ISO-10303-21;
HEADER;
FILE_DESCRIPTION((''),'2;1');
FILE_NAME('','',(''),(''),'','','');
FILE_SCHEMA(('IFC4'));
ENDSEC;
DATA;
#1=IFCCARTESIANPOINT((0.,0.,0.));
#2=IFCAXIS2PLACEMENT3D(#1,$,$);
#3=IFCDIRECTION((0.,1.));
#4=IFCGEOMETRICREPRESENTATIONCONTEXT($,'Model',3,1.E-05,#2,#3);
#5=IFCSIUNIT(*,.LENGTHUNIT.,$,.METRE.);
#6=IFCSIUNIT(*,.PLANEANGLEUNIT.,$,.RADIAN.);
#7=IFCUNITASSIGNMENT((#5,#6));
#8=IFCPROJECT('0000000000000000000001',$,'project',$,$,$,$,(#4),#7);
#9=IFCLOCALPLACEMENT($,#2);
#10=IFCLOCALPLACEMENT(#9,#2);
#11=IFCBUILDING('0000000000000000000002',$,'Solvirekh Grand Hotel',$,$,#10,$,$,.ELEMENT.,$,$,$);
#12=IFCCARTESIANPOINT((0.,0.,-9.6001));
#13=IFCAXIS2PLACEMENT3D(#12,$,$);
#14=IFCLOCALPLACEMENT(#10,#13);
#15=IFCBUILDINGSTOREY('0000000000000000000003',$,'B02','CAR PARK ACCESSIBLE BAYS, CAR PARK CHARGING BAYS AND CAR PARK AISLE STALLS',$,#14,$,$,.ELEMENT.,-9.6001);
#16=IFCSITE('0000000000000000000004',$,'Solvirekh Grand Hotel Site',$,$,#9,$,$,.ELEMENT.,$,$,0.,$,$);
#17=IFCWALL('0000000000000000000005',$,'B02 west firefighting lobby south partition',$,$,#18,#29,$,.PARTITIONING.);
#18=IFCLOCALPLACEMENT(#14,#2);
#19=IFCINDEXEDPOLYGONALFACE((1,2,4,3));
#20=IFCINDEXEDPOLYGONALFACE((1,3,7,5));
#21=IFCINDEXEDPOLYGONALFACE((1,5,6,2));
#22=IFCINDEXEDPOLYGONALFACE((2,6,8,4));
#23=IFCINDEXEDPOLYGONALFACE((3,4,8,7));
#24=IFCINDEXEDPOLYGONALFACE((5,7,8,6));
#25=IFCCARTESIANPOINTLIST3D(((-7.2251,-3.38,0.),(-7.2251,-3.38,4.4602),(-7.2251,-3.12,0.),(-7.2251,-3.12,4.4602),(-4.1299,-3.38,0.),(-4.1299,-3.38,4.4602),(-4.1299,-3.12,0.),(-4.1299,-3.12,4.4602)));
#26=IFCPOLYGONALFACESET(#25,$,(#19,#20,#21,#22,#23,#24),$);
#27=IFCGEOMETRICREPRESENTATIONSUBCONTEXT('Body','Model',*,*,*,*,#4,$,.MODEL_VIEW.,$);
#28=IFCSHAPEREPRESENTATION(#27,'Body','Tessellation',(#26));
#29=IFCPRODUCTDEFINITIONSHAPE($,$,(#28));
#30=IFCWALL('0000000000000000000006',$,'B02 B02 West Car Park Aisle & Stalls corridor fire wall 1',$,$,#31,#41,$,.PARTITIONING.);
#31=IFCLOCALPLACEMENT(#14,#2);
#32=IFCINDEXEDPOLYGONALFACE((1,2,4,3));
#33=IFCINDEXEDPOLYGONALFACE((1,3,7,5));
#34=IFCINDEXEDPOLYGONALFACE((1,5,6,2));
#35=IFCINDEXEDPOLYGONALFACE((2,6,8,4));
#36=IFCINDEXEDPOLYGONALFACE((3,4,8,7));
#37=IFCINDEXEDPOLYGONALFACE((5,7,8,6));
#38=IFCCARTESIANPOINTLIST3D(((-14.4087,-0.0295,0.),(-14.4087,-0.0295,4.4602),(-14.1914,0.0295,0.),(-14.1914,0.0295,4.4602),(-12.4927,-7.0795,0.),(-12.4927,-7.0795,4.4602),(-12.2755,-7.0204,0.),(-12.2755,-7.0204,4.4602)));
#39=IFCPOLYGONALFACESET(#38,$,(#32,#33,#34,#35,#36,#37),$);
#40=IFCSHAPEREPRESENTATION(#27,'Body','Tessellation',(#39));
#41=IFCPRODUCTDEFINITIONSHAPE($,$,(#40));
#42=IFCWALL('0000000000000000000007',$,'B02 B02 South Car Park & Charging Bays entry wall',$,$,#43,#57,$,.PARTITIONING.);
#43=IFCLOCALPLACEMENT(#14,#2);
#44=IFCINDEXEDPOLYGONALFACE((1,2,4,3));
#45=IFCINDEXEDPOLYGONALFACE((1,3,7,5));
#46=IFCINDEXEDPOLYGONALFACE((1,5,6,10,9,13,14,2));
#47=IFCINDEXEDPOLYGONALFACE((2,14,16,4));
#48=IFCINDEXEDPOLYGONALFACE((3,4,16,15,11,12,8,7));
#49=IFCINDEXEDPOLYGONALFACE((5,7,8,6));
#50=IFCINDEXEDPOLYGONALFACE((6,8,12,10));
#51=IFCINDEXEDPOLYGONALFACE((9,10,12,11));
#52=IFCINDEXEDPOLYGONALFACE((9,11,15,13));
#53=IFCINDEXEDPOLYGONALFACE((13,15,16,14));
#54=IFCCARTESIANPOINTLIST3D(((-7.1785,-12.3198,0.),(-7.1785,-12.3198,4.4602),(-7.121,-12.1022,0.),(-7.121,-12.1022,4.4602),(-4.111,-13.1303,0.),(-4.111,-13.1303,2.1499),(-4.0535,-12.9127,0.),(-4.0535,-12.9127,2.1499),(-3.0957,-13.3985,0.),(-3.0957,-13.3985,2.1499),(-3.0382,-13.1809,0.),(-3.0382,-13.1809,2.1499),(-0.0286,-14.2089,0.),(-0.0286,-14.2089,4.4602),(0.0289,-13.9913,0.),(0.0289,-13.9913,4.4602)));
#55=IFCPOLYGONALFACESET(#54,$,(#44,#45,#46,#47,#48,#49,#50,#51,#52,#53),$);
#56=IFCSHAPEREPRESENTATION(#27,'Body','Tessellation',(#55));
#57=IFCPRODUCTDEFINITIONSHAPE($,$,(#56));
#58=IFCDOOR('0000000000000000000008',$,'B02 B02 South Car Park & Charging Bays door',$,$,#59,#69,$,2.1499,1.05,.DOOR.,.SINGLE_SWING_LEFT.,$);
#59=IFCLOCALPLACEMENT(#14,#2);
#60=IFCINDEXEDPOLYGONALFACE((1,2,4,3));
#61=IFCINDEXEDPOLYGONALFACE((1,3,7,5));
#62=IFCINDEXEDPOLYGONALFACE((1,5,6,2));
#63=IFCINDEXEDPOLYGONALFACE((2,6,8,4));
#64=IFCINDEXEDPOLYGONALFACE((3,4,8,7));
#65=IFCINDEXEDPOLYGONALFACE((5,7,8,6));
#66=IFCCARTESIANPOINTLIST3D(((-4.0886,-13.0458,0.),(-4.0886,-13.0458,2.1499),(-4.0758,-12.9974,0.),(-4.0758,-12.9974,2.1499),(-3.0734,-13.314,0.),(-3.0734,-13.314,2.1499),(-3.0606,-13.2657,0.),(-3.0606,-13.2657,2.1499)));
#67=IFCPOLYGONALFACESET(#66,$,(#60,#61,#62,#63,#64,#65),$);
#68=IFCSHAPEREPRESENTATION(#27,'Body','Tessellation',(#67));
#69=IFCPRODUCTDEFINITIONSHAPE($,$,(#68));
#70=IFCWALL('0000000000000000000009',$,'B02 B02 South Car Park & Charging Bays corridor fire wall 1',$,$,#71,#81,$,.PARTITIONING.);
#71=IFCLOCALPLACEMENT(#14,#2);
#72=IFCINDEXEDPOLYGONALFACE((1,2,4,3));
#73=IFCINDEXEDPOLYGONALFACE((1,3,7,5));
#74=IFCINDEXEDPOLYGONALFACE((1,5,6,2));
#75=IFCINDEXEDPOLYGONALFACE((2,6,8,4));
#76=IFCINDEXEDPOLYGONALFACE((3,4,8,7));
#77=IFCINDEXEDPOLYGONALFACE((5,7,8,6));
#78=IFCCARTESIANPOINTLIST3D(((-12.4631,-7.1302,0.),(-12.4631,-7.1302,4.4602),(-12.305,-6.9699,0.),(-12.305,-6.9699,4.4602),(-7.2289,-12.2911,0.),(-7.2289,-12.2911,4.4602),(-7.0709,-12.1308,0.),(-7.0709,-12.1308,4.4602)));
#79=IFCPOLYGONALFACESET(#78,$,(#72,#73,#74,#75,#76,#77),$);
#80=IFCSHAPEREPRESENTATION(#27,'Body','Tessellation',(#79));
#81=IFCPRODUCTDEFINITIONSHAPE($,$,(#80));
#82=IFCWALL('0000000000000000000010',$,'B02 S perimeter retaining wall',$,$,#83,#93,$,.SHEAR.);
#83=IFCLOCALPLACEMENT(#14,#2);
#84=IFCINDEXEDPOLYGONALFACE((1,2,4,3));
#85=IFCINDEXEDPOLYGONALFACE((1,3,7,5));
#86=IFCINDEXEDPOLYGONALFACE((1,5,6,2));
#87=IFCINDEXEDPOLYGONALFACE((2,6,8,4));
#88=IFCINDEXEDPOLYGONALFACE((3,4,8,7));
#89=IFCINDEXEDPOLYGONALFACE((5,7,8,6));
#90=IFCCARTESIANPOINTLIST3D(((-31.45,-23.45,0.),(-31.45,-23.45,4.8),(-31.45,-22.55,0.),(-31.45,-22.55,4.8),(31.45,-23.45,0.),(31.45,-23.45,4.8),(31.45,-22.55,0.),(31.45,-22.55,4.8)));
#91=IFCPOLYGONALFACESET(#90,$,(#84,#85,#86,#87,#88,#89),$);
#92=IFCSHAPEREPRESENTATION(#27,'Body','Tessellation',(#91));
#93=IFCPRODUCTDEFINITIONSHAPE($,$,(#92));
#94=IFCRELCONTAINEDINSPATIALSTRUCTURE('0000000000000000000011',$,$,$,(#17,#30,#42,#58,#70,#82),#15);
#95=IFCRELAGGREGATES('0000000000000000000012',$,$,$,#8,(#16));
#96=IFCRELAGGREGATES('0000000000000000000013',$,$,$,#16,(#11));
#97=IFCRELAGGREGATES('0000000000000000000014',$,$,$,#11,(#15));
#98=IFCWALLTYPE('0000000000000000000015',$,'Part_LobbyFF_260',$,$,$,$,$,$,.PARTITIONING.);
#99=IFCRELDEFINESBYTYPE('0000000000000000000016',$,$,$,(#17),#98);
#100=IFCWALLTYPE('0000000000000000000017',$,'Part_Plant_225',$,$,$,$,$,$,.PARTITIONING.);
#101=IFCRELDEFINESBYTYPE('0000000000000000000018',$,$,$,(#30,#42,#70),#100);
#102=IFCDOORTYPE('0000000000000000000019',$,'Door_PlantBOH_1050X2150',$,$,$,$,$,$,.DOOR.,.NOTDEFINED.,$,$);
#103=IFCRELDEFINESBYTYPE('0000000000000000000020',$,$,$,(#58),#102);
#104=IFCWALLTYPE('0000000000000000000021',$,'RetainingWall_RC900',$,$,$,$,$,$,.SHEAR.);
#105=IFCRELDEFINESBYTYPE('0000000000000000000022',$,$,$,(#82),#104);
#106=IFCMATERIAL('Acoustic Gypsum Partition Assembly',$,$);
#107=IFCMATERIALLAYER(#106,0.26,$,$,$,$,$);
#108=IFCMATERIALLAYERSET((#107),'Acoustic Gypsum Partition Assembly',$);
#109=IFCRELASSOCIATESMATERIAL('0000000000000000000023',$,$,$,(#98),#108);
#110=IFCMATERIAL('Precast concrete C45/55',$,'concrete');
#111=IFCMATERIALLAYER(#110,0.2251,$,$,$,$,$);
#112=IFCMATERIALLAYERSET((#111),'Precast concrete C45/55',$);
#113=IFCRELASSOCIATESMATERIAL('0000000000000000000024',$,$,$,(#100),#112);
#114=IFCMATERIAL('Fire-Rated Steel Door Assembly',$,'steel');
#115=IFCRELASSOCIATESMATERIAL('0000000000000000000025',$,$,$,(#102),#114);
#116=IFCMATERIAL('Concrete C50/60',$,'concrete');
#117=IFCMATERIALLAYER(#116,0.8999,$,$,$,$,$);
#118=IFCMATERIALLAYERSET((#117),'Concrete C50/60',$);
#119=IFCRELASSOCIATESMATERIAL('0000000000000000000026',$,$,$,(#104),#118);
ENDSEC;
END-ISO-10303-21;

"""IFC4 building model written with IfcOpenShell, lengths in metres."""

from ifc_helpers import new_model, si_unit, direction, frame, frame_2d, origin, place, context, subcontext, project, spatial, rectangle, extrude, material, layer, layer_set, type_object, element, fill, save


model = new_model("IFC4")

# Units and contexts
model_context = context("Model", 3, precision=1e-05, world=origin(), true_north=direction((0.0, 1.0)))
body_context = subcontext(model_context, "Body", "Model", "MODEL_VIEW")
ifc_project = project(units=[si_unit("LENGTHUNIT", "METRE"), si_unit("PLANEANGLEUNIT", "RADIAN")], contexts=[model_context])

# Site, building, storey
site_placement = place(None, origin())
site = spatial("IfcSite", under=ifc_project, at=site_placement, Name="Solvirekh Grand Hotel Site", CompositionType="ELEMENT", RefElevation=0.0)
building_placement = place(site_placement, origin())
building = spatial("IfcBuilding", under=site, at=building_placement, Name="Solvirekh Grand Hotel", CompositionType="ELEMENT")
storey_placement = place(building_placement, frame((0.0, 0.0, -9.6001)))
storey = spatial("IfcBuildingStorey", under=building, at=storey_placement, Name="B02", Description="CAR PARK ACCESSIBLE BAYS, CAR PARK CHARGING BAYS AND CAR PARK AISLE STALLS", CompositionType="ELEMENT", Elevation=-9.6001)

# Shared definitions
ifc_material_1 = material(Name="Concrete C50/60", Category="concrete")

# Shared definitions
ifc_material_2 = material(Name="Acoustic Gypsum Partition Assembly")
ifc_material_3 = material(Name="Fire-Rated Steel Door Assembly", Category="steel")

# Walls
ifc_layer_1 = layer(ifc_material_2, 0.26)
ifc_layer_set_1 = layer_set([ifc_layer_1], Name="Acoustic Gypsum Partition Assembly")
wall_type_1 = type_object("IfcWallType", Name="Part_LobbyFF_260", PredefinedType="PARTITIONING", material=ifc_layer_set_1)
wall_1_placement = place(storey_placement, frame((-7.2251, -3.25, 0.0), z_axis=(0.0, 0.0, 1.0), x_axis=(1.0, 0.0, 0.0)))
element("IfcWall", 1, at=wall_1_placement, inside=storey, type_object=wall_type_1, Name="B02 west firefighting lobby south partition", PredefinedType="PARTITIONING", context=body_context, shape_type="SweptSolid", body=[
    extrude(rectangle(XDim=3.0952, YDim=0.26, at=frame_2d((1.5476, 0.0))), origin(), (0.0, 0.0, 1.0), 4.4602),
])
ifc_material_4 = material(Name="Precast concrete C45/55", Category="concrete")
ifc_layer_2 = layer(ifc_material_4, 0.2251)
ifc_layer_set_2 = layer_set([ifc_layer_2], Name="Precast concrete C45/55")
wall_type_2 = type_object("IfcWallType", Name="Part_Plant_225", PredefinedType="PARTITIONING", material=ifc_layer_set_2)
wall_2_placement = place(storey_placement, frame((-14.3, 0.0, 0.0), z_axis=(0.0, 0.0, 1.0), x_axis=(0.262261, -0.964997, 0.0)))
element("IfcWall", 2, at=wall_2_placement, inside=storey, type_object=wall_type_2, Name="B02 B02 West Car Park Aisle & Stalls corridor fire wall 1", PredefinedType="PARTITIONING", context=body_context, shape_type="SweptSolid", body=[
    extrude(rectangle(XDim=7.3057, YDim=0.2251, at=frame_2d((3.6528, 0.0))), origin(), (0.0, 0.0, 1.0), 4.4602),
])

# Wall, opening, door
wall_3_placement = place(storey_placement, frame((-7.1499, -12.2109, 0.0), z_axis=(0.0, 0.0, 1.0), x_axis=(0.966821, -0.255455, 0.0)))
wall_3 = element("IfcWall", 3, at=wall_3_placement, inside=storey, type_object=wall_type_2, Name="B02 B02 South Car Park & Charging Bays entry wall", PredefinedType="PARTITIONING", context=body_context, shape_type="SweptSolid", body=[
    extrude(rectangle(XDim=7.3953, YDim=0.2251, at=frame_2d((3.6978, 0.0))), origin(), (0.0, 0.0, 1.0), 4.4602),
])
opening_1_placement = place(wall_3_placement, frame((3.1731, 0.0, 0.0)))
opening_1 = element("IfcOpeningElement", 4, at=opening_1_placement, cuts=wall_3, PredefinedType="OPENING", context=body_context, shape_type="SweptSolid", body=[
    extrude(rectangle(XDim=1.05, YDim=2.1499, at=frame_2d((0.5249, 1.075))), frame((0.0, 0.1226, 0.0), z_axis=(0.0, -1.0, 0.0), x_axis=(1.0, 0.0, 0.0)), (0.0, 0.0, 1.0), 0.2451),
])
door_type_1 = type_object("IfcDoorType", Name="Door_PlantBOH_1050X2150", OperationType="NOTDEFINED", PredefinedType="DOOR", material=ifc_material_3)
door_1_placement = place(opening_1_placement, origin())
door_1 = element("IfcDoor", 5, at=door_1_placement, inside=storey, type_object=door_type_1, Name="B02 B02 South Car Park & Charging Bays door", OperationType="SINGLE_SWING_LEFT", OverallHeight=2.1499, OverallWidth=1.05, PredefinedType="DOOR", context=body_context, shape_type="SweptSolid", body=[
    extrude(rectangle(XDim=1.05, YDim=2.1499, at=frame_2d((0.5249, 1.075))), frame((0.0, 0.0249, 0.0), z_axis=(0.0, -1.0, 0.0), x_axis=(1.0, 0.0, 0.0)), (0.0, 0.0, 1.0), 0.05),
])
fill(opening_1, door_1)

# Walls
wall_4_placement = place(storey_placement, frame((-12.384, -7.05, 0.0), z_axis=(0.0, 0.0, 1.0), x_axis=(0.712071, -0.702107, 0.0)))
element("IfcWall", 6, at=wall_4_placement, inside=storey, type_object=wall_type_2, Name="B02 B02 South Car Park & Charging Bays corridor fire wall 1", PredefinedType="PARTITIONING", context=body_context, shape_type="SweptSolid", body=[
    extrude(rectangle(XDim=7.3506, YDim=0.2251, at=frame_2d((3.6753, 0.0))), origin(), (0.0, 0.0, 1.0), 4.4602),
])
ifc_layer_3 = layer(ifc_material_1, 0.8999)
ifc_layer_set_3 = layer_set([ifc_layer_3], Name="Concrete C50/60")
wall_type_3 = type_object("IfcWallType", Name="RetainingWall_RC900", PredefinedType="SHEAR", material=ifc_layer_set_3)
wall_5_placement = place(storey_placement, frame((-31.45, -23.0, 0.0), z_axis=(0.0, 0.0, 1.0), x_axis=(1.0, 0.0, 0.0)))
element("IfcWall", 7, at=wall_5_placement, inside=storey, type_object=wall_type_3, Name="B02 S perimeter retaining wall", PredefinedType="SHEAR", context=body_context, shape_type="SweptSolid", body=[
    extrude(rectangle(XDim=62.8999, YDim=0.8999, at=frame_2d((31.45, 0.0))), origin(), (0.0, 0.0, 1.0), 4.8),
])

save(model, "model.ifc")
